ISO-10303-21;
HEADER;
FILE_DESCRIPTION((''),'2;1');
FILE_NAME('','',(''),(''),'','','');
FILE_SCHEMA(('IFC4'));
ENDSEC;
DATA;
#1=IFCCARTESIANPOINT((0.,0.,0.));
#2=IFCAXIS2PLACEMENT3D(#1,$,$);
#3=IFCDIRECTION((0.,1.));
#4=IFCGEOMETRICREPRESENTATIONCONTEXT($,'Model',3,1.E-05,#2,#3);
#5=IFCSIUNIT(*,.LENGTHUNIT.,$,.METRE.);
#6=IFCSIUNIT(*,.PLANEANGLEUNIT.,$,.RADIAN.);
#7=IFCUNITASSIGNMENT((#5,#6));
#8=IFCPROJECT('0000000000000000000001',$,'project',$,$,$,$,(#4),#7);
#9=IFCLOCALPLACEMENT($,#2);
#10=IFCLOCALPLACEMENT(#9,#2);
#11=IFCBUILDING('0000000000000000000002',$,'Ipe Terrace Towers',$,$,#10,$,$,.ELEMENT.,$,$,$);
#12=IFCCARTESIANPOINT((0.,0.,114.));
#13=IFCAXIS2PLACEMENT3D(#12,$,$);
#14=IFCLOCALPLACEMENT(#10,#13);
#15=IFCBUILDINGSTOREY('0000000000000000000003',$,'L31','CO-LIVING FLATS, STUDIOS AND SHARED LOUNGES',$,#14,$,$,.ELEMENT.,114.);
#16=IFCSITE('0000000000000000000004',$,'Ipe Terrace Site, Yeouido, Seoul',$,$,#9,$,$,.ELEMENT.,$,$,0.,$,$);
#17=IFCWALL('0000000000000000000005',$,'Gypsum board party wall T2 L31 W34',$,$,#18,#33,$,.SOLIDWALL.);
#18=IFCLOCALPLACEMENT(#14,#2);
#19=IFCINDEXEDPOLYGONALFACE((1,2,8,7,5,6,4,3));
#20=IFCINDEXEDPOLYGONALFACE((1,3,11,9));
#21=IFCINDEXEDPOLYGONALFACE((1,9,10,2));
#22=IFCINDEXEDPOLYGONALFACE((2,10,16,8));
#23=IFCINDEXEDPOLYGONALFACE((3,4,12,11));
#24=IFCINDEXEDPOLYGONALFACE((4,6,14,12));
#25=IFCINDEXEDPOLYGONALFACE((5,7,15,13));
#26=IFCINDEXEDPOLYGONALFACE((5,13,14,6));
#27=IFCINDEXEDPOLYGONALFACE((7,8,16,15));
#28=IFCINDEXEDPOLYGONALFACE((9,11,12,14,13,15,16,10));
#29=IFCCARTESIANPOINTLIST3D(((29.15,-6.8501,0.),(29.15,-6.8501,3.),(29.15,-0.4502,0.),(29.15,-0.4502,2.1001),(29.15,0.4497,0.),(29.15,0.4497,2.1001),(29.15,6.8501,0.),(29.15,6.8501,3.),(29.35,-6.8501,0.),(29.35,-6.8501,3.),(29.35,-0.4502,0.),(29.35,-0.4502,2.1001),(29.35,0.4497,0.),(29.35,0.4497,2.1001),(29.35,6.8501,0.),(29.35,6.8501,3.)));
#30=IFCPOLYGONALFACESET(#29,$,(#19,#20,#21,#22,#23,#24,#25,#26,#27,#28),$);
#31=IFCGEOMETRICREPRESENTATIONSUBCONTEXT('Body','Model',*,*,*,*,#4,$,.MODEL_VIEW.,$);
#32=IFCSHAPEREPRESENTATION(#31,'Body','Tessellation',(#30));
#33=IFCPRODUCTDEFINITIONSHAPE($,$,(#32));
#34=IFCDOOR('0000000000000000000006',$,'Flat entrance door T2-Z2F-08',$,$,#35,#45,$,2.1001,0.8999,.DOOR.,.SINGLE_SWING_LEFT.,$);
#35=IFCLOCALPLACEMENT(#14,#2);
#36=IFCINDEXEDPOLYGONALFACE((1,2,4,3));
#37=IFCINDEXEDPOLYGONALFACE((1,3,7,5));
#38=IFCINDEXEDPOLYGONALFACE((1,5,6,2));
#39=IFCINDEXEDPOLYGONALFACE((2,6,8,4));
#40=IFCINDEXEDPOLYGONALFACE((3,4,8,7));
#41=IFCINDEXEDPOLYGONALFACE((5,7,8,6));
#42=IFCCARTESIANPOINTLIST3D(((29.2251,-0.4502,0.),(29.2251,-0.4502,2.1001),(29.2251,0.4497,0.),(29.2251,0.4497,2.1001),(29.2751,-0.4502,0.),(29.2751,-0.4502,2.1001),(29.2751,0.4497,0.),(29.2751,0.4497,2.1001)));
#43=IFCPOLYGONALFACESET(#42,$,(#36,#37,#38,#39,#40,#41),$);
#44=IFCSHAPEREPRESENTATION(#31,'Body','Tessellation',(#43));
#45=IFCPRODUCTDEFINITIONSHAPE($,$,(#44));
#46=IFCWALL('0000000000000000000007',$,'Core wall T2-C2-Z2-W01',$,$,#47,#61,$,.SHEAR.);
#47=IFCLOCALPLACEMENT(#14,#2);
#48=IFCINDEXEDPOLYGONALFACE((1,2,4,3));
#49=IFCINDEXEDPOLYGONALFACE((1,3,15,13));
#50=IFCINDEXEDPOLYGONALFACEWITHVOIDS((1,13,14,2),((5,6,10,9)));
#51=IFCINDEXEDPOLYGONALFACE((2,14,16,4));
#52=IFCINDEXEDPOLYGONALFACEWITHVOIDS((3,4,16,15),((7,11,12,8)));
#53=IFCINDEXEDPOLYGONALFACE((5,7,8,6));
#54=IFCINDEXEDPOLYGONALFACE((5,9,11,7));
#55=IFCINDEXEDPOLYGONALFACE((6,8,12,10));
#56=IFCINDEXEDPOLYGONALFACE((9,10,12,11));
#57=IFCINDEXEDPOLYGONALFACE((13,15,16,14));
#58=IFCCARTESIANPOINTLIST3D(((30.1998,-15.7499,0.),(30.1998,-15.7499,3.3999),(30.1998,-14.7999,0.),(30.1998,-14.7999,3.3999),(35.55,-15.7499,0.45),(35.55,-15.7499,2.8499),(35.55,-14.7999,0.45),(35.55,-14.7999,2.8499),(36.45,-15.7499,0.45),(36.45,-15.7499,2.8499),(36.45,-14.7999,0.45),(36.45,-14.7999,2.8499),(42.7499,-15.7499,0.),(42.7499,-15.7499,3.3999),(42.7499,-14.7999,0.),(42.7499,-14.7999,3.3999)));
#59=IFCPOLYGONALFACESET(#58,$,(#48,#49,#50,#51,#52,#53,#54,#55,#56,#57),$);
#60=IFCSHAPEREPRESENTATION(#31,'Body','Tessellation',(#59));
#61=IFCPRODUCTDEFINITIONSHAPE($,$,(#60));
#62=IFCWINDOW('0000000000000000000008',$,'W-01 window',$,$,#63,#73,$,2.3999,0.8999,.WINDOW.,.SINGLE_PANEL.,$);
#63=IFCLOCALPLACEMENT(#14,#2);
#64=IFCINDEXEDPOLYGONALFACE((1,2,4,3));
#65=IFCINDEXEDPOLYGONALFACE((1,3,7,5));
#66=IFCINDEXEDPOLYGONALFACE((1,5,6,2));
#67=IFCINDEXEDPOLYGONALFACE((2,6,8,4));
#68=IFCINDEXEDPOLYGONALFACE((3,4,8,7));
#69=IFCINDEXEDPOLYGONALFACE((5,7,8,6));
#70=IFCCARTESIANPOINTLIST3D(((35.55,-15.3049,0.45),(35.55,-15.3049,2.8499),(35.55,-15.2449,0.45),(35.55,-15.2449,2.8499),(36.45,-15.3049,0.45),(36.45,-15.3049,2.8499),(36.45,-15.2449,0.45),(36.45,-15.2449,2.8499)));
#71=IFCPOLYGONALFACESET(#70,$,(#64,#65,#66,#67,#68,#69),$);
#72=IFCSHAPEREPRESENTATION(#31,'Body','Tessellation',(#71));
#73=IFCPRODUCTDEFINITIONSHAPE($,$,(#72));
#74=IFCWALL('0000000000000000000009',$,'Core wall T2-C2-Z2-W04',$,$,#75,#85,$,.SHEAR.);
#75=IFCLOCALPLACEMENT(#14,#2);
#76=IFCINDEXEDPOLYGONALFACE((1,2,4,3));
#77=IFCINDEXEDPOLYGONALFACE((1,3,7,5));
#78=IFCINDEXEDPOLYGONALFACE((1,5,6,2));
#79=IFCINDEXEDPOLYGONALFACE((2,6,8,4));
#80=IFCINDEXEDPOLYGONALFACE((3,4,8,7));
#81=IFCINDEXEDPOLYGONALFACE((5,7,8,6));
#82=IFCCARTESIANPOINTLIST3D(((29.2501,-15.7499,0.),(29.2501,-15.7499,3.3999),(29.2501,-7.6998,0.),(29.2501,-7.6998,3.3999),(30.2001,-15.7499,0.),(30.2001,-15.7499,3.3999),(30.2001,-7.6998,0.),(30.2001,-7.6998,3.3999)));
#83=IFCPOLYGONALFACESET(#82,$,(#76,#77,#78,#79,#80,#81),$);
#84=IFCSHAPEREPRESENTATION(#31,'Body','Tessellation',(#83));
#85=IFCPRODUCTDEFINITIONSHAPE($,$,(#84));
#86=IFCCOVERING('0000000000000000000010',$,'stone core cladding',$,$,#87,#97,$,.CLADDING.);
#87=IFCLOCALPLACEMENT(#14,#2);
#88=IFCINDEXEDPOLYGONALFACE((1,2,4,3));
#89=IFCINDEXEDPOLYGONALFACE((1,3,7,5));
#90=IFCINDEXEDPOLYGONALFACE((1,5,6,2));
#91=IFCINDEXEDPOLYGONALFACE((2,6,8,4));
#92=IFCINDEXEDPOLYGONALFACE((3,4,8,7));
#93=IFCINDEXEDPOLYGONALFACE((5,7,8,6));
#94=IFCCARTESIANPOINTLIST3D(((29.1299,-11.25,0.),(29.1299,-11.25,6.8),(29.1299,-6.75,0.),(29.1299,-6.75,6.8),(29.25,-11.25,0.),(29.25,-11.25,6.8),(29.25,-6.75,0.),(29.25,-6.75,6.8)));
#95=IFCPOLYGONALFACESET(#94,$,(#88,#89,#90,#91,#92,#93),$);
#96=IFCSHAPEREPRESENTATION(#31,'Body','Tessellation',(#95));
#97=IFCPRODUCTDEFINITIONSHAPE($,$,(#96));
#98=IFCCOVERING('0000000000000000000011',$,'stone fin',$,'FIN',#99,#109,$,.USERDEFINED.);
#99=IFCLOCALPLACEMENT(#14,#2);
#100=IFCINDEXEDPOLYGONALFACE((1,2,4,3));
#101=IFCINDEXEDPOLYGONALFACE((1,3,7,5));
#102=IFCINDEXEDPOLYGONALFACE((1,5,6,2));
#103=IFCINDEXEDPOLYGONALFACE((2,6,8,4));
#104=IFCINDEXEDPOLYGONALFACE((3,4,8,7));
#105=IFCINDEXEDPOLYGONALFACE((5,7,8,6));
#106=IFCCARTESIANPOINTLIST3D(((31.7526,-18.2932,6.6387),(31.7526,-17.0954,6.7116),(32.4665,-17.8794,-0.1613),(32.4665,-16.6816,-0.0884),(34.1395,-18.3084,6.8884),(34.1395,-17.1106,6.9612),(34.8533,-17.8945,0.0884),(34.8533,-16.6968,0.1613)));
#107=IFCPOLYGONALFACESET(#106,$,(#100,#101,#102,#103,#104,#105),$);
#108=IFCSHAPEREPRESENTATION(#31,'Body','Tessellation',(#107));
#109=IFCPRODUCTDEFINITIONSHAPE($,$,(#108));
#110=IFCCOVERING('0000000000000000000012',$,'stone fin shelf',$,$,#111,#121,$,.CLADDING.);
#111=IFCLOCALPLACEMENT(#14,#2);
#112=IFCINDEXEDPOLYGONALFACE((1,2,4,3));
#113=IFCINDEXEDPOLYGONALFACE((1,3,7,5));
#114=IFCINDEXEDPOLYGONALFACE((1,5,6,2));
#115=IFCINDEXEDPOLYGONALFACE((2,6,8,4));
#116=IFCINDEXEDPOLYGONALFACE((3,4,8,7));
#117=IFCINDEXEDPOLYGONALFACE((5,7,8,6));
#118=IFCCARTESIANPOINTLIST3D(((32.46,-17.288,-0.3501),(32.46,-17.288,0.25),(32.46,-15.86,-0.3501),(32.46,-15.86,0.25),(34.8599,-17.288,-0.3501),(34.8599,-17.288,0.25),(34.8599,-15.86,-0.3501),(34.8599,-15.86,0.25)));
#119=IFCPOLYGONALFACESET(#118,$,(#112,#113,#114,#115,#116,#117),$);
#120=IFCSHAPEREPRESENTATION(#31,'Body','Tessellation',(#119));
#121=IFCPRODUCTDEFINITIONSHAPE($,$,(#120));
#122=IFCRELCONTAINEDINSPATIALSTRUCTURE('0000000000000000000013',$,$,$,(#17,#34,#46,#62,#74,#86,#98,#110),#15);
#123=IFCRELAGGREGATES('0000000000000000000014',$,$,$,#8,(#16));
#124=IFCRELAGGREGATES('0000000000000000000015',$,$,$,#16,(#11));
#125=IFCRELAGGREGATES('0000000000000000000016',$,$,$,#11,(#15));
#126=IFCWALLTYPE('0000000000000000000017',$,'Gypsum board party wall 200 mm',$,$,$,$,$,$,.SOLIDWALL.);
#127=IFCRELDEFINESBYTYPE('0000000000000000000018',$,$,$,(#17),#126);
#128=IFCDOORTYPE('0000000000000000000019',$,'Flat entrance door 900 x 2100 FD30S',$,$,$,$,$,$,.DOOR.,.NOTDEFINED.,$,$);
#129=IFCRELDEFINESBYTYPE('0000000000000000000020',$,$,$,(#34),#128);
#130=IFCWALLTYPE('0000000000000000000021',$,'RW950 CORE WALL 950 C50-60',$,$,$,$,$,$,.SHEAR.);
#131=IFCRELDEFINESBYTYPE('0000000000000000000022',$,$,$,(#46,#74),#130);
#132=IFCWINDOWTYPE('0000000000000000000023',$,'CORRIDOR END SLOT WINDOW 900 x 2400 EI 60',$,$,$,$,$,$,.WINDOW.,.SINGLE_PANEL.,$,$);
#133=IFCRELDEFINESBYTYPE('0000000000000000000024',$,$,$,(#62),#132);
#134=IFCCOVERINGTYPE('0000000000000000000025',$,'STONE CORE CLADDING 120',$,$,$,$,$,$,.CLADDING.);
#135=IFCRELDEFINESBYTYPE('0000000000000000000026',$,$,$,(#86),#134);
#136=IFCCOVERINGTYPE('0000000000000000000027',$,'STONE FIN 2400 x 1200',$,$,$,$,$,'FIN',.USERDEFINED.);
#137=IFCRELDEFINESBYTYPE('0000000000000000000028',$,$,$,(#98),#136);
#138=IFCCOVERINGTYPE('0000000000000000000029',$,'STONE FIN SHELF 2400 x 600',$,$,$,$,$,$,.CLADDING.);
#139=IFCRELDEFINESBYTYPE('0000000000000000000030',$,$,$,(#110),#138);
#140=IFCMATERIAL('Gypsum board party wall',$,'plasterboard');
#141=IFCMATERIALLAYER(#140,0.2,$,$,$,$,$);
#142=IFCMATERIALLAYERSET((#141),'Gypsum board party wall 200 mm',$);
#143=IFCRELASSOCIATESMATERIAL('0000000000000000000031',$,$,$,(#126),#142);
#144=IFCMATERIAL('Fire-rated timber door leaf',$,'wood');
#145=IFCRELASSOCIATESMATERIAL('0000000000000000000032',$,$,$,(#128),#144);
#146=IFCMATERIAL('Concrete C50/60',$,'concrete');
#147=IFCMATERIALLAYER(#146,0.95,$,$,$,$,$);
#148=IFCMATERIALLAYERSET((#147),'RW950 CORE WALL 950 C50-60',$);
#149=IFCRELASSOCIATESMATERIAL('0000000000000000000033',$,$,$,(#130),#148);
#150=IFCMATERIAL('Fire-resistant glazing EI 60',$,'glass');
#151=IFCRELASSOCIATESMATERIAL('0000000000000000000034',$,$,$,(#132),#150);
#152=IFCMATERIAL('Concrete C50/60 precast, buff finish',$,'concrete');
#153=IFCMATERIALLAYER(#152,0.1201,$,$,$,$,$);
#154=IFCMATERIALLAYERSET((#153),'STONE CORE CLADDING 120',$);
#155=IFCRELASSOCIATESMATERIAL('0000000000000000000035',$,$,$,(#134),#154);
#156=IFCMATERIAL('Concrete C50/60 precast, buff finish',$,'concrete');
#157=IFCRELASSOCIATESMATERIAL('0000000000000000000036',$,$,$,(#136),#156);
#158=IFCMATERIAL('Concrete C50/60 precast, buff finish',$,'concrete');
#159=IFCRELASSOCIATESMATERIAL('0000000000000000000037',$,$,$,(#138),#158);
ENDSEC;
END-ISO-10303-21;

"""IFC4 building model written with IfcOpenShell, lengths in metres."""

from ifc_helpers import new_model, si_unit, direction, frame, frame_2d, origin, origin_2d, place, context, subcontext, project, spatial, rectangle, extrude, material, layer, layer_set, material_profile, profile_set, type_object, element, fill, save


model = new_model("IFC4")

# Units and contexts
model_context = context("Model", 3, precision=1e-05, world=origin(), true_north=direction((0.0, 1.0)))
body_context = subcontext(model_context, "Body", "Model", "MODEL_VIEW")
ifc_project = project(units=[si_unit("LENGTHUNIT", "METRE"), si_unit("PLANEANGLEUNIT", "RADIAN")], contexts=[model_context])

# Site, building, storey
site_placement = place(None, origin())
site = spatial("IfcSite", under=ifc_project, at=site_placement, Name="Ipe Terrace Site, Yeouido, Seoul", CompositionType="ELEMENT", RefElevation=0.0)
building_placement = place(site_placement, origin())
building = spatial("IfcBuilding", under=site, at=building_placement, Name="Ipe Terrace Towers", CompositionType="ELEMENT")
storey_placement = place(building_placement, frame((0.0, 0.0, 114.0)))
storey = spatial("IfcBuildingStorey", under=building, at=storey_placement, Name="L31", Description="CO-LIVING FLATS, STUDIOS AND SHARED LOUNGES", CompositionType="ELEMENT", Elevation=114.0)

# Shared definitions
ifc_material_1 = material(Name="Gypsum board party wall", Category="plasterboard")
ifc_layer_1 = layer(ifc_material_1, 0.2)
ifc_layer_set_1 = layer_set([ifc_layer_1], Name="Gypsum board party wall 200 mm")
wall_type_1 = type_object("IfcWallType", Name="Gypsum board party wall 200 mm", PredefinedType="SOLIDWALL", material=ifc_layer_set_1)

# Wall, opening, door
wall_1_placement = place(storey_placement, frame((29.25, -6.8501, 0.0), z_axis=(0.0, 0.0, 1.0), x_axis=(0.0, 1.0, 0.0)))
wall_1 = element("IfcWall", 1, at=wall_1_placement, inside=storey, type_object=wall_type_1, Name="Gypsum board party wall T2 L31 W34", PredefinedType="SOLIDWALL", context=body_context, shape_type="SweptSolid", body=[
    extrude(rectangle(XDim=13.7002, YDim=0.2, at=frame_2d((6.8501, 0.0))), origin(), (0.0, 0.0, 1.0), 3.0),
])
opening_1_placement = place(wall_1_placement, frame((6.3999, 0.0, 0.0)))
opening_1 = element("IfcOpeningElement", 2, at=opening_1_placement, cuts=wall_1, PredefinedType="OPENING", context=body_context, shape_type="SweptSolid", body=[
    extrude(rectangle(XDim=0.8999, YDim=2.1001, at=frame_2d((0.45, 1.05))), frame((0.0, 0.1099, 0.0), z_axis=(0.0, -1.0, 0.0), x_axis=(1.0, 0.0, 0.0)), (0.0, 0.0, 1.0), 0.22),
])
ifc_material_2 = material(Name="Fire-rated timber door leaf", Category="wood")
door_type = type_object("IfcDoorType", Name="Flat entrance door 900 x 2100 FD30S", OperationType="NOTDEFINED", PredefinedType="DOOR", material=ifc_material_2)
door_placement = place(opening_1_placement, origin())
door = element("IfcDoor", 3, at=door_placement, inside=storey, type_object=door_type, Name="Flat entrance door T2-Z2F-08", OperationType="SINGLE_SWING_LEFT", OverallHeight=2.1001, OverallWidth=0.8999, PredefinedType="DOOR", context=body_context, shape_type="SweptSolid", body=[
    extrude(rectangle(XDim=0.8999, YDim=2.1001, at=frame_2d((0.45, 1.05))), frame((0.0, 0.0249, 0.0), z_axis=(0.0, -1.0, 0.0), x_axis=(1.0, 0.0, 0.0)), (0.0, 0.0, 1.0), 0.05),
])
fill(opening_1, door)

# Wall, opening, window
ifc_material_3 = material(Name="Concrete C50/60", Category="concrete")
ifc_layer_2 = layer(ifc_material_3, 0.95)
ifc_layer_set_2 = layer_set([ifc_layer_2], Name="RW950 CORE WALL 950 C50-60")
wall_type_2 = type_object("IfcWallType", Name="RW950 CORE WALL 950 C50-60", PredefinedType="SHEAR", material=ifc_layer_set_2)
wall_2_placement = place(storey_placement, frame((30.2, -15.2749, 0.0), z_axis=(0.0, 0.0, 1.0), x_axis=(1.0, 0.0, 0.0)))
wall_2 = element("IfcWall", 4, at=wall_2_placement, inside=storey, type_object=wall_type_2, Name="Core wall T2-C2-Z2-W01", PredefinedType="SHEAR", context=body_context, shape_type="SweptSolid", body=[
    extrude(rectangle(XDim=12.55, YDim=0.95, at=frame_2d((6.2749, 0.0))), origin(), (0.0, 0.0, 1.0), 3.3999),
])
opening_2_placement = place(wall_2_placement, frame((5.3501, 0.0, 0.45)))
opening_2 = element("IfcOpeningElement", 5, at=opening_2_placement, cuts=wall_2, PredefinedType="OPENING", context=body_context, shape_type="SweptSolid", body=[
    extrude(rectangle(XDim=0.8999, YDim=2.3999, at=frame_2d((0.45, 1.2))), frame((0.0, 0.4849, 0.0), z_axis=(0.0, -1.0, 0.0), x_axis=(1.0, 0.0, 0.0)), (0.0, 0.0, 1.0), 0.97),
])
ifc_material_4 = material(Name="Fire-resistant glazing EI 60", Category="glass")
window_type = type_object("IfcWindowType", Name="CORRIDOR END SLOT WINDOW 900 x 2400 EI 60", PartitioningType="SINGLE_PANEL", PredefinedType="WINDOW", material=ifc_material_4)
window_placement = place(opening_2_placement, origin())
window = element("IfcWindow", 6, at=window_placement, inside=storey, type_object=window_type, Name="W-01 window", OverallHeight=2.3999, OverallWidth=0.8999, PartitioningType="SINGLE_PANEL", PredefinedType="WINDOW", context=body_context, shape_type="SweptSolid", body=[
    extrude(rectangle(XDim=0.8999, YDim=2.3999, at=frame_2d((0.45, 1.2))), frame((0.0, 0.03, 0.0), z_axis=(0.0, -1.0, 0.0), x_axis=(1.0, 0.0, 0.0)), (0.0, 0.0, 1.0), 0.0601),
])
fill(opening_2, window)

# Wall
wall_3_placement = place(storey_placement, frame((29.7251, -7.7, 0.0), z_axis=(0.0, 0.0, 1.0), x_axis=(0.0, -1.0, 0.0)))
element("IfcWall", 7, at=wall_3_placement, inside=storey, type_object=wall_type_2, Name="Core wall T2-C2-Z2-W04", PredefinedType="SHEAR", context=body_context, shape_type="SweptSolid", body=[
    extrude(rectangle(XDim=8.05, YDim=0.95, at=frame_2d((4.0249, 0.0))), origin(), (0.0, 0.0, 1.0), 3.3999),
])

# Coverings
ifc_material_5 = material(Name="Concrete C50/60 precast, buff finish", Category="concrete")
ifc_layer_3 = layer(ifc_material_5, 0.1201)
ifc_layer_set_3 = layer_set([ifc_layer_3], Name="STONE CORE CLADDING 120")
covering_type_1 = type_object("IfcCoveringType", Name="STONE CORE CLADDING 120", PredefinedType="CLADDING", material=ifc_layer_set_3)
covering_1_placement = place(storey_placement, frame((29.1899, -9.0, 0.0), z_axis=(0.0, 0.0, 1.0), x_axis=(0.0, -1.0, 0.0)))
element("IfcCovering", 8, at=covering_1_placement, inside=storey, type_object=covering_type_1, Name="stone core cladding", PredefinedType="CLADDING", context=body_context, shape_type="SweptSolid", body=[
    extrude(rectangle(XDim=4.5, YDim=0.1201, at=origin_2d()), origin(), (0.0, 0.0, 1.0), 6.8),
])
ifc_material_6 = material(Name="Concrete C50/60 precast, buff finish", Category="concrete")
ifc_material_profile_1 = material_profile(ifc_material_6, rectangle(XDim=2.3999, YDim=1.2, at=origin_2d()), Name="STONE FIN 2400 x 1200")
ifc_profile_set_1 = profile_set([ifc_material_profile_1], Name="Concrete C50/60 precast, buff finish")
covering_type_2 = type_object("IfcCoveringType", Name="STONE FIN 2400 x 1200", ElementType="FIN", PredefinedType="USERDEFINED", material=ifc_profile_set_1)
covering_2_placement = place(storey_placement, frame((33.6599, -17.2881, 0.0), z_axis=(-0.104215, -0.060412, 0.992718), x_axis=(0.994555, -0.00633, 0.104023)))
element("IfcCovering", 9, at=covering_2_placement, inside=storey, type_object=covering_type_2, Name="stone fin", ObjectType="FIN", PredefinedType="USERDEFINED", context=body_context, shape_type="SweptSolid", body=[
    extrude(rectangle(XDim=2.3999, YDim=1.2, at=origin_2d()), origin(), (0.0, 0.0, 1.0), 6.8499),
])
ifc_material_7 = material(Name="Concrete C50/60 precast, buff finish", Category="concrete")
covering_type_3 = type_object("IfcCoveringType", Name="STONE FIN SHELF 2400 x 600", PredefinedType="CLADDING", material=ifc_material_7)
covering_3_placement = place(storey_placement, frame((33.6599, -16.574, -0.3501), z_axis=(0.0, 0.0, 1.0), x_axis=(1.0, 0.0, 0.0)))
element("IfcCovering", 10, at=covering_3_placement, inside=storey, type_object=covering_type_3, Name="stone fin shelf", PredefinedType="CLADDING", context=body_context, shape_type="SweptSolid", body=[
    extrude(rectangle(XDim=2.3999, YDim=1.428, at=origin_2d()), origin(), (0.0, 0.0, 1.0), 0.6001),
])

save(model, "model.ifc")
